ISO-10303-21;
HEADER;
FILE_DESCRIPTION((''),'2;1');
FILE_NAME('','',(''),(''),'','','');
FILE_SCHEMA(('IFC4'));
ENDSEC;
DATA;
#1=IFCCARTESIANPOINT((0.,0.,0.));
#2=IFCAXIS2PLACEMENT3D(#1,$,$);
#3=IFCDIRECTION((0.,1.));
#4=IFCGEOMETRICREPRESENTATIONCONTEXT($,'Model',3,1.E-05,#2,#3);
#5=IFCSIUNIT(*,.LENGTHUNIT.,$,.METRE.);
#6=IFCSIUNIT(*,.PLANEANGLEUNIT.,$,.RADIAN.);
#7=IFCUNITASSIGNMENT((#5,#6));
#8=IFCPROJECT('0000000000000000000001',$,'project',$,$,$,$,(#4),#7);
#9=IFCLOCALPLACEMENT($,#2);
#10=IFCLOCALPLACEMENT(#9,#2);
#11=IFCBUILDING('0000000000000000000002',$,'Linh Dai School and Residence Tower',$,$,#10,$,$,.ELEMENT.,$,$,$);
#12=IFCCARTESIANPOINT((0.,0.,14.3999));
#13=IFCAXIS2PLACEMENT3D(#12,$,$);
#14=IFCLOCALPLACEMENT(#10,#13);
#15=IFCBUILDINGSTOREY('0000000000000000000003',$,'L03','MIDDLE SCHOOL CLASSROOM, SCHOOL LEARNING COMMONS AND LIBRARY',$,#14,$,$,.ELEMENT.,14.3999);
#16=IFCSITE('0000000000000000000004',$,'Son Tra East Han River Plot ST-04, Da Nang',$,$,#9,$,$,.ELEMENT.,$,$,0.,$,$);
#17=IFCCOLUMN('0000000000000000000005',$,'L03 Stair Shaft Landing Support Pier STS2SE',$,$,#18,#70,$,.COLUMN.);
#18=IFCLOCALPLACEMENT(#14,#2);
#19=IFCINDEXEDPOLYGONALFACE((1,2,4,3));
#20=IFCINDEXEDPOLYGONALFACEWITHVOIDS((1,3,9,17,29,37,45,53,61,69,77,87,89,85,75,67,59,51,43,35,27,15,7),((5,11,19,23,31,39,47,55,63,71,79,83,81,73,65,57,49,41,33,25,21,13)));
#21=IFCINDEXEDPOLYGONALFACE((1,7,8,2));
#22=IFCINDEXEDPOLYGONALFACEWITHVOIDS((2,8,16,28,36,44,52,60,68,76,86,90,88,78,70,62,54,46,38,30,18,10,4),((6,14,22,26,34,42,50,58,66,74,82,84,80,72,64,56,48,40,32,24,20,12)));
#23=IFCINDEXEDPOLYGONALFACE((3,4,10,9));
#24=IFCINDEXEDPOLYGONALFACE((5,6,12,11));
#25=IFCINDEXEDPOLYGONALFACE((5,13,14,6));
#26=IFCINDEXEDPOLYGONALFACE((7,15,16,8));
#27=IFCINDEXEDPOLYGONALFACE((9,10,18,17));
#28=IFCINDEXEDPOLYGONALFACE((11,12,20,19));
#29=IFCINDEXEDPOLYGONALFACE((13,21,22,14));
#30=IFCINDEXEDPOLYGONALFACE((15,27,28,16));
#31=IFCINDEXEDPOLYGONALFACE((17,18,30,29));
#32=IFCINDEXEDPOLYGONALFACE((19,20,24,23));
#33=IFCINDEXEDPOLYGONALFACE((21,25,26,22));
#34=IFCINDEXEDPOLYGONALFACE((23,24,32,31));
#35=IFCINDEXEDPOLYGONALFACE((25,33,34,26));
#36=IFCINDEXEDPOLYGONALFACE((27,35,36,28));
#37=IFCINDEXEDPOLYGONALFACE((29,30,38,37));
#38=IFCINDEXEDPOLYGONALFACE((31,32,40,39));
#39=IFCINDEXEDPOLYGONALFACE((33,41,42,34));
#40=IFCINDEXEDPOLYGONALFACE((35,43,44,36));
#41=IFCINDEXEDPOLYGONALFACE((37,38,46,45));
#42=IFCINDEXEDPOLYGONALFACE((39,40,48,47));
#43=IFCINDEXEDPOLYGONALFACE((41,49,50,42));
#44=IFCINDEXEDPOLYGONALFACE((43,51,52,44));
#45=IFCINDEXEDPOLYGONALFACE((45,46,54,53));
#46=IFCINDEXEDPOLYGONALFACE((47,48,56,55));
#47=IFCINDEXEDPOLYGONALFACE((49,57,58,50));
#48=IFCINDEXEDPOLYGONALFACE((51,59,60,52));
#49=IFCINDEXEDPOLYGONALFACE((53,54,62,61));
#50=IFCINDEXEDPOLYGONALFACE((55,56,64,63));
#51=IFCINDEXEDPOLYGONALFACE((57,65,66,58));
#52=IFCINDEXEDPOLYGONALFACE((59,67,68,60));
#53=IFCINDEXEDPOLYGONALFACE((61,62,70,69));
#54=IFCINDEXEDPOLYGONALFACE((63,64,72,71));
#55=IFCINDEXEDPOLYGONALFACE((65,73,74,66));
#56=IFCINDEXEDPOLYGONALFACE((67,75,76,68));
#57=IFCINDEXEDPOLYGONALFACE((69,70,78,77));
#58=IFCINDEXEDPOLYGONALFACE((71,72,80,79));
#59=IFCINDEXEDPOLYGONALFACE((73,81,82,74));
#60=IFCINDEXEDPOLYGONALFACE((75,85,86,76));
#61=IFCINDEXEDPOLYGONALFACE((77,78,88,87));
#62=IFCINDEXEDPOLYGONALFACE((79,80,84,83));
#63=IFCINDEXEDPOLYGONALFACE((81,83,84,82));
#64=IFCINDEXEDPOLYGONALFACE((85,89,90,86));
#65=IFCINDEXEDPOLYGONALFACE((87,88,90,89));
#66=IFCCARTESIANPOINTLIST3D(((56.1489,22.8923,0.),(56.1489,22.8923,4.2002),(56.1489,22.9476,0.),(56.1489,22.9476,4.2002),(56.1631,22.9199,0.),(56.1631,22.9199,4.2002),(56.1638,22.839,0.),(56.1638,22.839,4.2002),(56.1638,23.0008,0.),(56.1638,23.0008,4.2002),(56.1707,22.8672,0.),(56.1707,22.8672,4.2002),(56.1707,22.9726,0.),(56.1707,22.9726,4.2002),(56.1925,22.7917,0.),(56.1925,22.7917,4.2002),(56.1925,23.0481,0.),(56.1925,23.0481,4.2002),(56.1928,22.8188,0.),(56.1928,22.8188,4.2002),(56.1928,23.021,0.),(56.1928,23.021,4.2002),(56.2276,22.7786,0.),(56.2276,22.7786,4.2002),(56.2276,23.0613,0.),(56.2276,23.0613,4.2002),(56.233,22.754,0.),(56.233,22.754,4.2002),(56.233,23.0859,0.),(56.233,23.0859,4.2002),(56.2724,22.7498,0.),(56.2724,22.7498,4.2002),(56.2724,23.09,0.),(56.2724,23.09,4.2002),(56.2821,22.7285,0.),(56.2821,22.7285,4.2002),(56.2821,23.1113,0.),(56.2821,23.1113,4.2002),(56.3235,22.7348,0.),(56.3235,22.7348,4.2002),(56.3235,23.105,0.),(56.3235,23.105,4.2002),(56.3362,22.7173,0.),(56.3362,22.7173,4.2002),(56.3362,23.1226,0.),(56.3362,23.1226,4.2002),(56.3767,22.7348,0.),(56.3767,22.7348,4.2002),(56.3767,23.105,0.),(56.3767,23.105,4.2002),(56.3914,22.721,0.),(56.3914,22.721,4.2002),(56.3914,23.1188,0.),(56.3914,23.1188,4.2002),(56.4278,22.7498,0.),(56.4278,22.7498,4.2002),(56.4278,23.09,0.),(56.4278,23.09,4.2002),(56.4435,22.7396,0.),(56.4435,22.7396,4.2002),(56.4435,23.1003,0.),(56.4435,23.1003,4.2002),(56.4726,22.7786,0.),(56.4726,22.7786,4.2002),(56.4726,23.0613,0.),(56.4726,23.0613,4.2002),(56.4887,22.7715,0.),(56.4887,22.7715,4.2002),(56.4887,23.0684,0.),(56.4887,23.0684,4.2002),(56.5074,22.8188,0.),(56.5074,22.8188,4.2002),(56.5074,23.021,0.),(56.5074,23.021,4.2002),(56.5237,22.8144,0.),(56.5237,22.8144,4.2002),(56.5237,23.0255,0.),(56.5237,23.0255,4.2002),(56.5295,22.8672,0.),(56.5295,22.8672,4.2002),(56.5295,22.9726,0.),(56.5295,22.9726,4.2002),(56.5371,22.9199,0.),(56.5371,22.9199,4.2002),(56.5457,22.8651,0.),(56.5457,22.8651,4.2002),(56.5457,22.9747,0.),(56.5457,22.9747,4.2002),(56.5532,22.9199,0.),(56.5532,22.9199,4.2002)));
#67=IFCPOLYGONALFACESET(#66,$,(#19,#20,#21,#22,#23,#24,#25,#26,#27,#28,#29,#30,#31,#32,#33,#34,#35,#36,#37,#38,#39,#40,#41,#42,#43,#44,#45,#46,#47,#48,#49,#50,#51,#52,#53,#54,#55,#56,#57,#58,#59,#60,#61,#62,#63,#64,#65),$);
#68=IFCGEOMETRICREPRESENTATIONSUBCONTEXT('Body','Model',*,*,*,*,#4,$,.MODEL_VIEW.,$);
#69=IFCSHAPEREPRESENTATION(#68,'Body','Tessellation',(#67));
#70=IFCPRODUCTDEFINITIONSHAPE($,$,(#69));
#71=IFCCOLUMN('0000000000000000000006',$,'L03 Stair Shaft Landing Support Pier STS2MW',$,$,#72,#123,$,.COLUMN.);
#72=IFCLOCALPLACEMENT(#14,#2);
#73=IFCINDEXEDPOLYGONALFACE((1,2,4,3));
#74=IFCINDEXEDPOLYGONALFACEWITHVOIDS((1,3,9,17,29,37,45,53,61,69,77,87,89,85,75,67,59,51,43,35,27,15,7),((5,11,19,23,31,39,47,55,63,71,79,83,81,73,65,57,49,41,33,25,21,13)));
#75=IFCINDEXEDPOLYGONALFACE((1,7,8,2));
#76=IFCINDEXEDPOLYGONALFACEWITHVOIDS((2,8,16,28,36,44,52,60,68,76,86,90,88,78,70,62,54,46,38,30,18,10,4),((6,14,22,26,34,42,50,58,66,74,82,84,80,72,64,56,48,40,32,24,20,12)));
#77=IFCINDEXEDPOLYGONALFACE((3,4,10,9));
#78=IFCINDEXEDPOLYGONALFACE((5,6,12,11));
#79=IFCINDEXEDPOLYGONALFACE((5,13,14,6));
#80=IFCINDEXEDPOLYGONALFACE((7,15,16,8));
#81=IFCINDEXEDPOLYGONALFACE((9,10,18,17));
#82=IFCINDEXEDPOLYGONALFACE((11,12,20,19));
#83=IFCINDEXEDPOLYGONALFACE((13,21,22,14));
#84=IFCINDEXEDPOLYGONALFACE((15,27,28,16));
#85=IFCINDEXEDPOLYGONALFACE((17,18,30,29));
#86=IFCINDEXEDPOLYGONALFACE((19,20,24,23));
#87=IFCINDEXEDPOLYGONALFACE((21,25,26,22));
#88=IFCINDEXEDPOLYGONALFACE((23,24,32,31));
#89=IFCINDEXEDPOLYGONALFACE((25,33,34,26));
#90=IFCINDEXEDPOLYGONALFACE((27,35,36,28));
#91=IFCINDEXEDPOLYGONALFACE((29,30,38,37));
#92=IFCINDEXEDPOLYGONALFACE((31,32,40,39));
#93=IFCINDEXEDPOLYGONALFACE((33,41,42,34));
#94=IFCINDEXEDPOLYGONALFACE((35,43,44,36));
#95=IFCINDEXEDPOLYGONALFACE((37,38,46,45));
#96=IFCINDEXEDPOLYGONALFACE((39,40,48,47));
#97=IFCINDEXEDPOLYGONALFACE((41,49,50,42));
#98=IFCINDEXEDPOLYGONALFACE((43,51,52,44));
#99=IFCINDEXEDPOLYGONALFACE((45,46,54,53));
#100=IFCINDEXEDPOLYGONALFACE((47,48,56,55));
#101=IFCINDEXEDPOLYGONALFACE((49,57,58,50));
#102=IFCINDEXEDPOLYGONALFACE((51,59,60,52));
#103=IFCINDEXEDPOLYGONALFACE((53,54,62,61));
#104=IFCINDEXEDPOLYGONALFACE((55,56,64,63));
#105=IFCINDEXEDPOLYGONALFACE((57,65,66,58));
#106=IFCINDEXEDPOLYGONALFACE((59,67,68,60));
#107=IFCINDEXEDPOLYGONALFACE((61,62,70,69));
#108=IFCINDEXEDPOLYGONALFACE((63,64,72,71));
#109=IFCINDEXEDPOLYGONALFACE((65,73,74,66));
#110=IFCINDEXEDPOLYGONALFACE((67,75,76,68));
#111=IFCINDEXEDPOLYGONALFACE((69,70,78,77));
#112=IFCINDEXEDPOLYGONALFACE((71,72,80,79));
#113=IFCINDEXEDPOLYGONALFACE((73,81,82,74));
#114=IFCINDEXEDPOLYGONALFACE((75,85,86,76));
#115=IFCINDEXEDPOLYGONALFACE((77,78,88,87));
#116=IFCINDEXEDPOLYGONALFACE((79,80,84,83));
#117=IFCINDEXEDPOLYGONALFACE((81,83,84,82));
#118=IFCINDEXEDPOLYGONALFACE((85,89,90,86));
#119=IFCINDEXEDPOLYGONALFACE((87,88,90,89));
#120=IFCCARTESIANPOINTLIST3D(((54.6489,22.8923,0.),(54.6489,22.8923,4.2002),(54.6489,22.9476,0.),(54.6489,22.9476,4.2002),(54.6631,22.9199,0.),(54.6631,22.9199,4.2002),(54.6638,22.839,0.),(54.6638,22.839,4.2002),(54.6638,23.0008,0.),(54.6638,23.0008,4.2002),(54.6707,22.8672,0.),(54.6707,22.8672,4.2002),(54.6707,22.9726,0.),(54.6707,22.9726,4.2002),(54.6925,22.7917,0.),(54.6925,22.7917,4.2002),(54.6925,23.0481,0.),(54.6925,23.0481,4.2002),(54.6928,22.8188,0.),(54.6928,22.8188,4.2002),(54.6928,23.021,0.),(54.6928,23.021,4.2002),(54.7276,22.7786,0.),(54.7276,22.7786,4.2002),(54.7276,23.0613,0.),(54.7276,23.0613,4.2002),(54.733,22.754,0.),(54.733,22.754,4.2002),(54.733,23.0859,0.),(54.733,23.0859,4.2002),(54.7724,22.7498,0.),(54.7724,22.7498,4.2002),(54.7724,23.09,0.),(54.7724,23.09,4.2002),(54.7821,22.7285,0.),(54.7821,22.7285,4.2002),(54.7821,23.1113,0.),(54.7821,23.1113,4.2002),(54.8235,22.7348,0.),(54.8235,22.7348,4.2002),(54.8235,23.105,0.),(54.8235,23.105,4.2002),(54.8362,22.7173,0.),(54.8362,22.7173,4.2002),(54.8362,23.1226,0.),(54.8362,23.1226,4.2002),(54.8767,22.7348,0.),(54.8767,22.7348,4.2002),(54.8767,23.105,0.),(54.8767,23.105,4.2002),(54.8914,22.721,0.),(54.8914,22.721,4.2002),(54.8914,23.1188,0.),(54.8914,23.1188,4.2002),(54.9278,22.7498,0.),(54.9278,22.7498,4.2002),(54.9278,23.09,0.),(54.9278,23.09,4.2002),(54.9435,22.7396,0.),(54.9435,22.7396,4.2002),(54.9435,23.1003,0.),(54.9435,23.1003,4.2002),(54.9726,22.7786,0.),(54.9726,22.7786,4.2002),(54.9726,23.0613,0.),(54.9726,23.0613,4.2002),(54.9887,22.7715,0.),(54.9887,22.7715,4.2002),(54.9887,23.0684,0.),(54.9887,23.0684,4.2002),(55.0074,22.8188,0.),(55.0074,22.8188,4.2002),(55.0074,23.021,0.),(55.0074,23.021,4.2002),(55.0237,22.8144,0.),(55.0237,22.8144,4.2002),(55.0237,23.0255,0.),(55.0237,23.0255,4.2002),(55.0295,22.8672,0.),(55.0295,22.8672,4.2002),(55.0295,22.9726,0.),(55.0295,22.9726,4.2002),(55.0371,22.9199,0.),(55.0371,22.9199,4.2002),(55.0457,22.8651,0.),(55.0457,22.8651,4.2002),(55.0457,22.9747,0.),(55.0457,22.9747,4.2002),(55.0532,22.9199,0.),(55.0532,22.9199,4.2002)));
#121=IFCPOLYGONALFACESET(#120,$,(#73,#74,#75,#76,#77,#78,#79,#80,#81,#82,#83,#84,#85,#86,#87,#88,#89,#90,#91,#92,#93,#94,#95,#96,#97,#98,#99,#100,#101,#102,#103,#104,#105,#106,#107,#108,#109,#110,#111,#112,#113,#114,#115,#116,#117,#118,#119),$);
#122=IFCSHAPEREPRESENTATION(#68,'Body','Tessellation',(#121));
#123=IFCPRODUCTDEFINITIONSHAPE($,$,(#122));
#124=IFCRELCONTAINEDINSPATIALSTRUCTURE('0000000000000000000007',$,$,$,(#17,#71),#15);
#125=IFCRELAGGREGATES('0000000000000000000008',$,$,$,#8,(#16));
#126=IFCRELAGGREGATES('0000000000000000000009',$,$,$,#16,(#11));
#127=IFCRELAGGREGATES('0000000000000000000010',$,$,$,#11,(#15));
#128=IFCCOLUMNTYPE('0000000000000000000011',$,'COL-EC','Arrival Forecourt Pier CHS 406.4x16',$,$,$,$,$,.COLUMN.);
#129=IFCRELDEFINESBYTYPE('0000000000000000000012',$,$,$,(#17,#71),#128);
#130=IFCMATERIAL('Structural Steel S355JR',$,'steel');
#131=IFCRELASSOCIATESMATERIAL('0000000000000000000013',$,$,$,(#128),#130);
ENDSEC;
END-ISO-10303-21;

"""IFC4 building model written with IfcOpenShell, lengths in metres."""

from ifc_helpers import new_model, si_unit, direction, frame, origin, origin_2d, place, context, subcontext, project, spatial, hollow_circle, extrude, material, material_profile, profile_set, type_object, element, save


model = new_model("IFC4")

# Units and contexts
model_context = context("Model", 3, precision=1e-05, world=origin(), true_north=direction((0.0, 1.0)))
body_context = subcontext(model_context, "Body", "Model", "MODEL_VIEW")
ifc_project = project(units=[si_unit("LENGTHUNIT", "METRE"), si_unit("PLANEANGLEUNIT", "RADIAN")], contexts=[model_context])

# Site, building, storey
site_placement = place(None, origin())
site = spatial("IfcSite", under=ifc_project, at=site_placement, Name="Son Tra East Han River Plot ST-04, Da Nang", CompositionType="ELEMENT", RefElevation=0.0)
building_placement = place(site_placement, origin())
building = spatial("IfcBuilding", under=site, at=building_placement, Name="Linh Dai School and Residence Tower", CompositionType="ELEMENT")
storey_placement = place(building_placement, frame((0.0, 0.0, 14.3999)))
storey = spatial("IfcBuildingStorey", under=building, at=storey_placement, Name="L03", Description="MIDDLE SCHOOL CLASSROOM, SCHOOL LEARNING COMMONS AND LIBRARY", CompositionType="ELEMENT", Elevation=14.3999)

# Columns
ifc_material_1 = material(Name="Structural Steel S355JR", Category="steel")
ifc_material_profile_1 = material_profile(ifc_material_1, hollow_circle(Radius=0.2031, WallThickness=0.0161, at=origin_2d()), Name="CHS 406.4x16")
ifc_profile_set_1 = profile_set([ifc_material_profile_1], Name="Structural Steel S355JR")
column_type_1 = type_object("IfcColumnType", Name="COL-EC", Description="Arrival Forecourt Pier CHS 406.4x16", PredefinedType="COLUMN", material=ifc_profile_set_1)
for number, where, z_axis, x_axis, name in (
    (1, (56.3501, 22.9199, 0.0), (0.0, 0.0, 1.0), (1.0, 0.0, 0.0), "L03 Stair Shaft Landing Support Pier STS2SE"),
    (2, (54.8501, 22.9199, 0.0), (0.0, 0.0, 1.0), (1.0, 0.0, 0.0), "L03 Stair Shaft Landing Support Pier STS2MW"),
):
    element("IfcColumn", number, at=place(storey_placement, frame(where, z_axis=z_axis, x_axis=x_axis)), inside=storey, type_object=column_type_1, Name=name, PredefinedType="COLUMN", context=body_context, shape_type="SweptSolid", body=[
        extrude(hollow_circle(Radius=0.2031, WallThickness=0.0161, at=origin_2d()), origin(), (0.0, 0.0, 1.0), 4.2002),
    ])

save(model, "model.ifc")
